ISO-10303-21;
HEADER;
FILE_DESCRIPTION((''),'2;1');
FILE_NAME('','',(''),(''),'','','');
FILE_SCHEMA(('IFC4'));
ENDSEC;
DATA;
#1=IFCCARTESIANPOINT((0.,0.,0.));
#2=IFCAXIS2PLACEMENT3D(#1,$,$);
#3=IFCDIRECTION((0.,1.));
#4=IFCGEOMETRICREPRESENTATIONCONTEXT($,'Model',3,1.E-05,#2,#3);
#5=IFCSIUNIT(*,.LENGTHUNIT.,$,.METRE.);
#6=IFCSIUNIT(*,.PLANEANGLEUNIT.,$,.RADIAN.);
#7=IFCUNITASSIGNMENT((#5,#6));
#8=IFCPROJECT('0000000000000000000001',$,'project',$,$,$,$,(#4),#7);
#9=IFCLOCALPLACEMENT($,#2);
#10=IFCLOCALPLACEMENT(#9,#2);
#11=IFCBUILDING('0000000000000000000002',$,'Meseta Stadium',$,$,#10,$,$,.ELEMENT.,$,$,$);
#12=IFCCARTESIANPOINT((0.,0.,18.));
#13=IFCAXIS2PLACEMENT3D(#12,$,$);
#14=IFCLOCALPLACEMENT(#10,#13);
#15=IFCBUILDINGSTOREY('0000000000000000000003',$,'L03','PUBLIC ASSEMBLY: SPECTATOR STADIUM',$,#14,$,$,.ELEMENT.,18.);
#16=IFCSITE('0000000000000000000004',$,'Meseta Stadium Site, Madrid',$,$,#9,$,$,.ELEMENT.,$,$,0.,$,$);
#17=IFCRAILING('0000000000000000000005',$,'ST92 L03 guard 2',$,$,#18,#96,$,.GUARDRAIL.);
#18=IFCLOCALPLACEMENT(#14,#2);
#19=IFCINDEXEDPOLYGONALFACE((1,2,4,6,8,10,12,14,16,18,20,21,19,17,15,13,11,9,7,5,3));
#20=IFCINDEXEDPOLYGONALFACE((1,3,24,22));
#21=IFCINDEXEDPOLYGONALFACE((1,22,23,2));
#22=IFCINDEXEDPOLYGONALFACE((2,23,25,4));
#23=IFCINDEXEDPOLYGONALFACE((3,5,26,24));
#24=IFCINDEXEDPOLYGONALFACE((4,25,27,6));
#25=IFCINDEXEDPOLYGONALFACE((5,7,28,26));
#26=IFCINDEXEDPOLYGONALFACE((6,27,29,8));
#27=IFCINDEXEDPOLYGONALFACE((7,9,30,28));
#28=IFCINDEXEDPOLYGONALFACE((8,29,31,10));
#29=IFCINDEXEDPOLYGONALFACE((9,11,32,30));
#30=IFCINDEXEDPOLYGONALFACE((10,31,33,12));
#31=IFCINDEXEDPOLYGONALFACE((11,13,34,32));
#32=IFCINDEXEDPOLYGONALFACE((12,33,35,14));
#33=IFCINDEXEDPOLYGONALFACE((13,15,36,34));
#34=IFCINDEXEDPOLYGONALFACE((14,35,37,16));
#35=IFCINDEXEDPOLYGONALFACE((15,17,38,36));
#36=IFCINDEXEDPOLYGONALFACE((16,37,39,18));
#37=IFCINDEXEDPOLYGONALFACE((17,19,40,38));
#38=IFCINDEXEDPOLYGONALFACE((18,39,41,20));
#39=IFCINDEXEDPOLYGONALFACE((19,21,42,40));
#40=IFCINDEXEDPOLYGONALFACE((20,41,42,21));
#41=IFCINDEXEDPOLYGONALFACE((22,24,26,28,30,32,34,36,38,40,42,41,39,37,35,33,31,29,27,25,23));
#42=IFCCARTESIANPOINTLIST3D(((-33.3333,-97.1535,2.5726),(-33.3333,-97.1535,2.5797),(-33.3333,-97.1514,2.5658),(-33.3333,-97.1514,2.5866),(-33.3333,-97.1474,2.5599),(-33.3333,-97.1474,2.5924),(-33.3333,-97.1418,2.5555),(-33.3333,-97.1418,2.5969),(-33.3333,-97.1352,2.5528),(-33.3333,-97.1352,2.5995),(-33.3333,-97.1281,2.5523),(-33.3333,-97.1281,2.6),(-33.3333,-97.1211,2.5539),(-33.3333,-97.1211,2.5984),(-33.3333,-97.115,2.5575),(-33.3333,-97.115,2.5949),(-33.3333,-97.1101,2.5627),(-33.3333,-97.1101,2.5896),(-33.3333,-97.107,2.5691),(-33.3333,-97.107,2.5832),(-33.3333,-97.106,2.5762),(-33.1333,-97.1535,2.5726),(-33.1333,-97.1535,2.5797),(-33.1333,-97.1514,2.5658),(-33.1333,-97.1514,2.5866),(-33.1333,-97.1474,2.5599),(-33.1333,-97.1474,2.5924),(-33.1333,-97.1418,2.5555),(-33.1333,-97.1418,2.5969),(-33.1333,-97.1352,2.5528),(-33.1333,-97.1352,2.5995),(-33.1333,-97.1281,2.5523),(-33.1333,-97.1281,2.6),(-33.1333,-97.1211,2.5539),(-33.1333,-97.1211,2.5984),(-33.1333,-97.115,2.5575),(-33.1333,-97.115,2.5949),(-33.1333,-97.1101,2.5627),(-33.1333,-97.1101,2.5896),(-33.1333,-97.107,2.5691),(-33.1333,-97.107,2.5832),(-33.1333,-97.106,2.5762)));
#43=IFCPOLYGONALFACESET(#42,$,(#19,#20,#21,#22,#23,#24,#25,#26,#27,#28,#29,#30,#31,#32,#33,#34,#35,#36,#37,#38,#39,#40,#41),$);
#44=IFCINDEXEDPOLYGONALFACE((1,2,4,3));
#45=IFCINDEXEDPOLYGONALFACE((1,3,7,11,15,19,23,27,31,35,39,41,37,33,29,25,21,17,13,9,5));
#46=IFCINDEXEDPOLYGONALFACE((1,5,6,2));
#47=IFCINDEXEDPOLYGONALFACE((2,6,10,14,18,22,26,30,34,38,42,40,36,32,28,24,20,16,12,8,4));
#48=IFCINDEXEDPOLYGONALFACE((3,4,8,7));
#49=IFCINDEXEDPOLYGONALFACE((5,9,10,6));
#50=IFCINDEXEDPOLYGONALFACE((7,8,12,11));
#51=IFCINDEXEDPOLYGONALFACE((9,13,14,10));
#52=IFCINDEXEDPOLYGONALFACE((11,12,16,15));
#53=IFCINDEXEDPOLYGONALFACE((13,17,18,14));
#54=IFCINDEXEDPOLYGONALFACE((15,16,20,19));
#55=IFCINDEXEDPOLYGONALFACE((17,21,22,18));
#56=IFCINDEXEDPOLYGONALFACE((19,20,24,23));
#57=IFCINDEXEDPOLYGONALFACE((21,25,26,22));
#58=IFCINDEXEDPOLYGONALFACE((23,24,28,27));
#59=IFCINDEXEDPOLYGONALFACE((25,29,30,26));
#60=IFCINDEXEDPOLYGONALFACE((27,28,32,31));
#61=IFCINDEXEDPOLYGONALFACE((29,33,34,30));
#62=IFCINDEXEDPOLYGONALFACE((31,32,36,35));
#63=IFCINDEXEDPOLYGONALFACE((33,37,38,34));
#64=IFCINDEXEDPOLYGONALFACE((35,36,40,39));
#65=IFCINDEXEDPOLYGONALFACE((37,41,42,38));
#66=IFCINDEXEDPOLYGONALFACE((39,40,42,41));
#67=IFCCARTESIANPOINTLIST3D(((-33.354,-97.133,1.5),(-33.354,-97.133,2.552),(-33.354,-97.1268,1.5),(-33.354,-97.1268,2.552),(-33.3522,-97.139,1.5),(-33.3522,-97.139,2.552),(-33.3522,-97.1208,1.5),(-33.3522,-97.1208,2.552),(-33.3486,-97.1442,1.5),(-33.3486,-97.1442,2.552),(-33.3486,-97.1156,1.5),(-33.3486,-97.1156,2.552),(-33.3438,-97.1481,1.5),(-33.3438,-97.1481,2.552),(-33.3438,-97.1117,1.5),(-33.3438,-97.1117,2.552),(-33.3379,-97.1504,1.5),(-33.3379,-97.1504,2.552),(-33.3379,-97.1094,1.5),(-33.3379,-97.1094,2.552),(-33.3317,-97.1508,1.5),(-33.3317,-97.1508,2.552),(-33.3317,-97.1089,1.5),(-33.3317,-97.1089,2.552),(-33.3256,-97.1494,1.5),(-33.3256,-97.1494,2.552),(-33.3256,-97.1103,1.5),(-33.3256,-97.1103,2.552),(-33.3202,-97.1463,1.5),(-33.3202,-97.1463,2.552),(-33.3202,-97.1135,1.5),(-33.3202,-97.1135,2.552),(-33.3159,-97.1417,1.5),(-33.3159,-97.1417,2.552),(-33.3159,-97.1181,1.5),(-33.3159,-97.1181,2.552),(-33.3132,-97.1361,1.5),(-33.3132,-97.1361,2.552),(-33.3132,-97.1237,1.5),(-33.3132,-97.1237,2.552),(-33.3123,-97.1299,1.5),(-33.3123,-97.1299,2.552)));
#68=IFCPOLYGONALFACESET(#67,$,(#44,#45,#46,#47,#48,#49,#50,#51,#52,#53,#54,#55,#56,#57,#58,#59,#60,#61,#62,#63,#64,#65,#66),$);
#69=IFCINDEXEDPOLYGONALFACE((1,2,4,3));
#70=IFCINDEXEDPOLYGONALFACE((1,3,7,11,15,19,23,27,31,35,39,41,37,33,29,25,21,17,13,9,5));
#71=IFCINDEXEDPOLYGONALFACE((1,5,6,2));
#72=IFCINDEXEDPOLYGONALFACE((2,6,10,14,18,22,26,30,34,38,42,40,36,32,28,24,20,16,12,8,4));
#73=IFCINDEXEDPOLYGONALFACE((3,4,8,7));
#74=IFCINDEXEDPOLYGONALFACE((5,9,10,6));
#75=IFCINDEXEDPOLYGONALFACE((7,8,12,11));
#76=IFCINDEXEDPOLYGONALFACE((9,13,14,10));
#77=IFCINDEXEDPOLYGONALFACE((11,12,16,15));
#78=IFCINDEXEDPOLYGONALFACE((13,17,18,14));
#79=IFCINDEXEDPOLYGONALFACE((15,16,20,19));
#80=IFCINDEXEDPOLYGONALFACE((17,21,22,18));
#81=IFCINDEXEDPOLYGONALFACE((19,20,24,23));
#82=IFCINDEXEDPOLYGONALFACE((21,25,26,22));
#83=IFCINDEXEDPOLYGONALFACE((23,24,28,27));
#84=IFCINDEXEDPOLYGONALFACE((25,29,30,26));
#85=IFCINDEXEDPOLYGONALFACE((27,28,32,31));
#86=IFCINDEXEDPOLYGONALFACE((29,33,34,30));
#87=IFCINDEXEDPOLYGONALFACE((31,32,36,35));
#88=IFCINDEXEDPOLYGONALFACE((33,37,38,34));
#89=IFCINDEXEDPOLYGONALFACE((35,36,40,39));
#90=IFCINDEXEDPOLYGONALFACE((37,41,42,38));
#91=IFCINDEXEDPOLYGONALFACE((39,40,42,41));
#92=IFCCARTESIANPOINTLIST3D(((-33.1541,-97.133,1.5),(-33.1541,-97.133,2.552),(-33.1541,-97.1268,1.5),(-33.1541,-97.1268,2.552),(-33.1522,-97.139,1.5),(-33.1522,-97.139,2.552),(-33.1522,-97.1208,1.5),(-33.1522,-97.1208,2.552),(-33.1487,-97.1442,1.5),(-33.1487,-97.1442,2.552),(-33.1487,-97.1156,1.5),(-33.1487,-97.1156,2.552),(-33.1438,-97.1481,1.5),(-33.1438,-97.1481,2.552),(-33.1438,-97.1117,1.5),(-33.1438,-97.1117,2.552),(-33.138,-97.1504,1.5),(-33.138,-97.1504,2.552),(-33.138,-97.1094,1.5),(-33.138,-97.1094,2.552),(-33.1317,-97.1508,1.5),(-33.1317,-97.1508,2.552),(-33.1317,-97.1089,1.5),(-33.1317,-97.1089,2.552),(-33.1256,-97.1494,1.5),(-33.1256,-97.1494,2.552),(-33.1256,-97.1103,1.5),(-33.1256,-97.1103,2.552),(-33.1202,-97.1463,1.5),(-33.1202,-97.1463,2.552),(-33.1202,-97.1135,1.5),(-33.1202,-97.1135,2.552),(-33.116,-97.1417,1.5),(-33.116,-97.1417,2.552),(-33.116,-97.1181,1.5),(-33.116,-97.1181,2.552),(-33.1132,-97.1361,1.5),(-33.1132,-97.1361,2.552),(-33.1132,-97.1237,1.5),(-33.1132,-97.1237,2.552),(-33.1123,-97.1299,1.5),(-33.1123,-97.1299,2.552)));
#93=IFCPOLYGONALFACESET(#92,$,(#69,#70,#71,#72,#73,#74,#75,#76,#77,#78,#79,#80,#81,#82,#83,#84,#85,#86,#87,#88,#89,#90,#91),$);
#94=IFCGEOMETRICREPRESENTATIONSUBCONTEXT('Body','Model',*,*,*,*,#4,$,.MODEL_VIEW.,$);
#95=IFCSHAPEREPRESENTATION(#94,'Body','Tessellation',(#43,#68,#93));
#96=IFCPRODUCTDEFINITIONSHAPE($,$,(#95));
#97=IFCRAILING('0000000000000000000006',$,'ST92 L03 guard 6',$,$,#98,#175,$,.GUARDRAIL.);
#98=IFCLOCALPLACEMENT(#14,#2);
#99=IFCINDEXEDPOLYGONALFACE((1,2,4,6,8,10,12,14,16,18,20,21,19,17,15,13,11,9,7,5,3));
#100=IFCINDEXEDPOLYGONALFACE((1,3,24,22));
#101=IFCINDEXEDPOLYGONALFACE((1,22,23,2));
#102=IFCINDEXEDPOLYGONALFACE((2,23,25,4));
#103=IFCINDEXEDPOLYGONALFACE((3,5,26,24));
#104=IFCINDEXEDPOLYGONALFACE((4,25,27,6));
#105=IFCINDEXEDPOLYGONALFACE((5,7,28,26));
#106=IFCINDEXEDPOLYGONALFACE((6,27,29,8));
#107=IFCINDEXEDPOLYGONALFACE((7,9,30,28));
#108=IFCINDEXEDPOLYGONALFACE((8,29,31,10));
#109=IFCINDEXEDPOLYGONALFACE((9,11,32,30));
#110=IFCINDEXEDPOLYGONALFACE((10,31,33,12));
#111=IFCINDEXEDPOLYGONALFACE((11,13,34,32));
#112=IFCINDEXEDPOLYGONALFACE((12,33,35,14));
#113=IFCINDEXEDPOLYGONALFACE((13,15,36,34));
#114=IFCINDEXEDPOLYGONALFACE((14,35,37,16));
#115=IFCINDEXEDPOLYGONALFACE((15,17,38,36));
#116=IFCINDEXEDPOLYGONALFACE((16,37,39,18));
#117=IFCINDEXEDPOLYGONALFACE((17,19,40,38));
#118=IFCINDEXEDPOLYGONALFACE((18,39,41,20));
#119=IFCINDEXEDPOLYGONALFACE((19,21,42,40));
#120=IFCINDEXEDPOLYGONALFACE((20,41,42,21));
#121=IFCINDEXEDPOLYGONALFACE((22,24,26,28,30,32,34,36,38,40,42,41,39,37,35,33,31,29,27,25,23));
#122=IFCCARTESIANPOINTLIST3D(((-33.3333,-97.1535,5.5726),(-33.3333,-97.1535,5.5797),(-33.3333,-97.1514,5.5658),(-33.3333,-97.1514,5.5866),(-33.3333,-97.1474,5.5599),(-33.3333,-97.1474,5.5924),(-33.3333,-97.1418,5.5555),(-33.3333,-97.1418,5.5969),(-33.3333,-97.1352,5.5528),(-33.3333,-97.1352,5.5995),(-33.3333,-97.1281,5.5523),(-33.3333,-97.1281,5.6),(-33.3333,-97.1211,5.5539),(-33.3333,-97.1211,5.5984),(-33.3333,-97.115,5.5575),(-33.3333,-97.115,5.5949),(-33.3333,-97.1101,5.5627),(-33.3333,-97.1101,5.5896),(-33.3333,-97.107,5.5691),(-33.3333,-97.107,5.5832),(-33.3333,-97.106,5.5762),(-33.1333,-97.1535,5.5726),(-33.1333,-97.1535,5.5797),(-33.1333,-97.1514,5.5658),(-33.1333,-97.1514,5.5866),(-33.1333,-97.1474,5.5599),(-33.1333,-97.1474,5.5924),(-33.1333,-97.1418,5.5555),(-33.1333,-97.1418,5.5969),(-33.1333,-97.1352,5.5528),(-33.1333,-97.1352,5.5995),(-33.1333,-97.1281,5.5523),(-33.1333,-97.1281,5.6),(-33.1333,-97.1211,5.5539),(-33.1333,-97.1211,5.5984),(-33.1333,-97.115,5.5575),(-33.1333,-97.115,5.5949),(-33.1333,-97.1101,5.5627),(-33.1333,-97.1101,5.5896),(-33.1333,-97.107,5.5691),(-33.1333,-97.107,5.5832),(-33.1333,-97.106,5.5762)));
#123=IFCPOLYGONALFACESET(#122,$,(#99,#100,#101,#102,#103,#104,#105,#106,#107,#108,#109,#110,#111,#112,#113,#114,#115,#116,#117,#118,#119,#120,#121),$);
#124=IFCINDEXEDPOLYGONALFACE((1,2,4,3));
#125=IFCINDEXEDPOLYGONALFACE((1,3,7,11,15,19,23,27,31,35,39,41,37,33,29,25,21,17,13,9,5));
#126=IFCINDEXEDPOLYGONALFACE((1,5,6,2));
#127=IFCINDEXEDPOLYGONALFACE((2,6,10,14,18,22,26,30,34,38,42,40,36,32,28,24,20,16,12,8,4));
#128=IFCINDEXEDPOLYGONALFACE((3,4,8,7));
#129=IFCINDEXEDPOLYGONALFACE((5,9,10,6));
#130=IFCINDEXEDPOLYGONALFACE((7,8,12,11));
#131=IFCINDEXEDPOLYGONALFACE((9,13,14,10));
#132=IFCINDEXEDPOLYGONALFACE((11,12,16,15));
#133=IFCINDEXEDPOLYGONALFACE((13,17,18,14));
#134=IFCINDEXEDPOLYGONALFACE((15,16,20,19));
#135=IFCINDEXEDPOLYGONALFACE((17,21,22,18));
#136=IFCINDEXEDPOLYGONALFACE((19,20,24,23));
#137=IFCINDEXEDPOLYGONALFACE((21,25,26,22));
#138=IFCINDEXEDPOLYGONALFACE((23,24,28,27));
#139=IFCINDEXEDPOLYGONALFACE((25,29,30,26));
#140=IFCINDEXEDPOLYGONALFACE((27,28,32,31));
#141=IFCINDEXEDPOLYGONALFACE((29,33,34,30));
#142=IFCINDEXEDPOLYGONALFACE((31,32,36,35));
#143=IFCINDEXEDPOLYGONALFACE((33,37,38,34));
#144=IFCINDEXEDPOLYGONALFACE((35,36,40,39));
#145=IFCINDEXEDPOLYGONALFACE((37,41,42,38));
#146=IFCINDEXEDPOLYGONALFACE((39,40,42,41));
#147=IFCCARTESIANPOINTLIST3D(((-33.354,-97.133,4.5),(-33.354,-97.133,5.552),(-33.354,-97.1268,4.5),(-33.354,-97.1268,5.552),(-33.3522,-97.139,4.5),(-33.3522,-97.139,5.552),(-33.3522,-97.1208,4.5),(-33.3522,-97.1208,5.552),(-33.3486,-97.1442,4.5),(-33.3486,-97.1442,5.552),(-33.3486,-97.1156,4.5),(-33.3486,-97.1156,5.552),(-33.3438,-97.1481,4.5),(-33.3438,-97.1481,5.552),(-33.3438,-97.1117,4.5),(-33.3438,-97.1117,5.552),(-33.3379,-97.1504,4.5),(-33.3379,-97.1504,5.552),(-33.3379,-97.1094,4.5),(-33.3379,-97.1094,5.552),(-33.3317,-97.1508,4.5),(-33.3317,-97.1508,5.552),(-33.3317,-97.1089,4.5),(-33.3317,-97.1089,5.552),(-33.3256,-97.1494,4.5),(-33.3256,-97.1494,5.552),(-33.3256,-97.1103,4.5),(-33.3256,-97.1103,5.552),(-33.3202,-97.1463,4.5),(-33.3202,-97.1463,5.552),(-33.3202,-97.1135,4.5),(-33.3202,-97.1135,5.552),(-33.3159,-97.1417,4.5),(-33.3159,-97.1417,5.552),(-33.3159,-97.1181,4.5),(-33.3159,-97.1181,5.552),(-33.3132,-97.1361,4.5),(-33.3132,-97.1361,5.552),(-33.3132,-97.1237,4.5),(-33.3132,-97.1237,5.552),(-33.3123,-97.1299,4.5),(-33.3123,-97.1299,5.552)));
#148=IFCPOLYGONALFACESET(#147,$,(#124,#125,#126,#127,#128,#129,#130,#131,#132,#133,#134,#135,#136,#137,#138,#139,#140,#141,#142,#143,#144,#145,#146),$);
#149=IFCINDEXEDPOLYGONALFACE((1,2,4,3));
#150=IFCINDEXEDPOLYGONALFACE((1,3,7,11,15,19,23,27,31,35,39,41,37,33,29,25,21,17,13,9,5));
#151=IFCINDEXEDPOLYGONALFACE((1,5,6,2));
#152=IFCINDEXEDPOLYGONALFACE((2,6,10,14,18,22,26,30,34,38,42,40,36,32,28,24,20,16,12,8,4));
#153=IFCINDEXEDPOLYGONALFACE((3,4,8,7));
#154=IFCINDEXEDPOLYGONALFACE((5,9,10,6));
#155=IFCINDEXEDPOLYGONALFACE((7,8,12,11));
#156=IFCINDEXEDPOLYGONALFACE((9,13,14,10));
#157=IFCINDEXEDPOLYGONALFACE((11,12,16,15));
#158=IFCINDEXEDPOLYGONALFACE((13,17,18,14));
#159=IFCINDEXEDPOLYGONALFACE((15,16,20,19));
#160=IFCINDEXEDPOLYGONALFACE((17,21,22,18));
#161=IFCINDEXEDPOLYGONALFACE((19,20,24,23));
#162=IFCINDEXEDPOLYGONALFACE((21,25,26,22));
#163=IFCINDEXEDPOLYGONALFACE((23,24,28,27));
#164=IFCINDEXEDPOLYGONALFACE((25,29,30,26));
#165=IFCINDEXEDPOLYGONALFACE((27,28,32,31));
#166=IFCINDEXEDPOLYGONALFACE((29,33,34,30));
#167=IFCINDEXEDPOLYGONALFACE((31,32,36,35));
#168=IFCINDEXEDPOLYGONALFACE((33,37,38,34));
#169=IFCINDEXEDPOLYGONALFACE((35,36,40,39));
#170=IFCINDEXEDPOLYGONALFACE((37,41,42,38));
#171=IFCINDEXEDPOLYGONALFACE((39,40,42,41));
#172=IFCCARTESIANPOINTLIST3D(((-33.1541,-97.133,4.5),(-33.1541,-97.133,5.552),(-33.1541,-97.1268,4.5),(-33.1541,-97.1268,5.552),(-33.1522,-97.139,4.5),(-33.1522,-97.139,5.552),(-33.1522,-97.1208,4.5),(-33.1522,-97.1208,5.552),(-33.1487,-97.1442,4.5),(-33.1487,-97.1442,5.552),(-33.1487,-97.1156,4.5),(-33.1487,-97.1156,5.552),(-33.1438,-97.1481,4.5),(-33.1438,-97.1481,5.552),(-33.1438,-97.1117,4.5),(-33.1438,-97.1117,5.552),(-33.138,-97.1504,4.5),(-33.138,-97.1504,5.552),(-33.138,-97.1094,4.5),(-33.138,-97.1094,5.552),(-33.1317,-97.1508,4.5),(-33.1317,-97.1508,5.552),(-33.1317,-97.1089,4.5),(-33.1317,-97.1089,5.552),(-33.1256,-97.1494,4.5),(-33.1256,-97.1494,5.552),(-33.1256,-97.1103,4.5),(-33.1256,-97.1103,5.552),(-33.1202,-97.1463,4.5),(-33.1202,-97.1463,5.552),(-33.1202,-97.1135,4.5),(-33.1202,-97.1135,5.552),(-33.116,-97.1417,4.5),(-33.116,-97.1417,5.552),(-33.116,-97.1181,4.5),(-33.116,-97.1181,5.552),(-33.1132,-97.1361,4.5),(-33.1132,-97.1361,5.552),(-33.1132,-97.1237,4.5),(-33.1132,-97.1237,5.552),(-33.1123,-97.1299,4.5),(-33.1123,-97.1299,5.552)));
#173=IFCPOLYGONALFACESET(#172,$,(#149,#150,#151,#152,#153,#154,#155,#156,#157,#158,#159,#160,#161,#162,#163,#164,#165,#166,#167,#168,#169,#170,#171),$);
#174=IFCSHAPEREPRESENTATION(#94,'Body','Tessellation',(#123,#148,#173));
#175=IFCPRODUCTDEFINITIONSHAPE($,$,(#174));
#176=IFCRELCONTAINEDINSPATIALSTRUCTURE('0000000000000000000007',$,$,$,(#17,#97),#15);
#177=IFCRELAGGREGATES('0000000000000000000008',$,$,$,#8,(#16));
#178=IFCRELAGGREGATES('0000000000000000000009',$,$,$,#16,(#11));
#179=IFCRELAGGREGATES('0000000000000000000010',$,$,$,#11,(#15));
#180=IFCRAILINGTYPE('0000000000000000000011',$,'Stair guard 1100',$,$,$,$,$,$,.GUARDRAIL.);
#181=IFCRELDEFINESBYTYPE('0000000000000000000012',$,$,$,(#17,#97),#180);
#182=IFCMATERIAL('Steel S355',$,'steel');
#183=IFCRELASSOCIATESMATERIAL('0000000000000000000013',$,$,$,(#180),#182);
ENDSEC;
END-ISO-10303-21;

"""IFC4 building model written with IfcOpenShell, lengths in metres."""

from ifc_helpers import new_model, si_unit, direction, frame, origin, origin_2d, place, context, subcontext, project, spatial, circle, extrude, material, type_object, element, save


model = new_model("IFC4")

# Units and contexts
model_context = context("Model", 3, precision=1e-05, world=origin(), true_north=direction((0.0, 1.0)))
body_context = subcontext(model_context, "Body", "Model", "MODEL_VIEW")
ifc_project = project(units=[si_unit("LENGTHUNIT", "METRE"), si_unit("PLANEANGLEUNIT", "RADIAN")], contexts=[model_context])

# Site, building, storey
site_placement = place(None, origin())
site = spatial("IfcSite", under=ifc_project, at=site_placement, Name="Meseta Stadium Site, Madrid", CompositionType="ELEMENT", RefElevation=0.0)
building_placement = place(site_placement, origin())
building = spatial("IfcBuilding", under=site, at=building_placement, Name="Meseta Stadium", CompositionType="ELEMENT")
storey_placement = place(building_placement, frame((0.0, 0.0, 18.0)))
storey = spatial("IfcBuildingStorey", under=building, at=storey_placement, Name="L03", Description="PUBLIC ASSEMBLY: SPECTATOR STADIUM", CompositionType="ELEMENT", Elevation=18.0)

# Railings
ifc_material_1 = material(Name="Steel S355", Category="steel")
railing_type = type_object("IfcRailingType", Name="Stair guard 1100", PredefinedType="GUARDRAIL", material=ifc_material_1)
for number, where, name in (
    (1, (-33.3333, -97.1299, 1.5), "ST92 L03 guard 2"),
    (2, (-33.3333, -97.1299, 4.5), "ST92 L03 guard 6"),
):
    element("IfcRailing", number, at=place(storey_placement, frame(where)), inside=storey, type_object=railing_type, Name=name, PredefinedType="GUARDRAIL", context=body_context, shape_type="SweptSolid", body=[
        extrude(circle(Radius=0.0239, at=origin_2d()), frame((0.0, 0.0, 1.0762), z_axis=(1.0, 0.0, 0.0), x_axis=(0.0, 1.0, 0.0)), (0.0, 0.0, 1.0), 0.2),
        extrude(circle(Radius=0.021, at=origin_2d()), origin(), (0.0, 0.0, 1.0), 1.052),
        extrude(circle(Radius=0.021, at=origin_2d()), frame((0.2, 0.0, 0.0)), (0.0, 0.0, 1.0), 1.052),
    ])

save(model, "model.ifc")
